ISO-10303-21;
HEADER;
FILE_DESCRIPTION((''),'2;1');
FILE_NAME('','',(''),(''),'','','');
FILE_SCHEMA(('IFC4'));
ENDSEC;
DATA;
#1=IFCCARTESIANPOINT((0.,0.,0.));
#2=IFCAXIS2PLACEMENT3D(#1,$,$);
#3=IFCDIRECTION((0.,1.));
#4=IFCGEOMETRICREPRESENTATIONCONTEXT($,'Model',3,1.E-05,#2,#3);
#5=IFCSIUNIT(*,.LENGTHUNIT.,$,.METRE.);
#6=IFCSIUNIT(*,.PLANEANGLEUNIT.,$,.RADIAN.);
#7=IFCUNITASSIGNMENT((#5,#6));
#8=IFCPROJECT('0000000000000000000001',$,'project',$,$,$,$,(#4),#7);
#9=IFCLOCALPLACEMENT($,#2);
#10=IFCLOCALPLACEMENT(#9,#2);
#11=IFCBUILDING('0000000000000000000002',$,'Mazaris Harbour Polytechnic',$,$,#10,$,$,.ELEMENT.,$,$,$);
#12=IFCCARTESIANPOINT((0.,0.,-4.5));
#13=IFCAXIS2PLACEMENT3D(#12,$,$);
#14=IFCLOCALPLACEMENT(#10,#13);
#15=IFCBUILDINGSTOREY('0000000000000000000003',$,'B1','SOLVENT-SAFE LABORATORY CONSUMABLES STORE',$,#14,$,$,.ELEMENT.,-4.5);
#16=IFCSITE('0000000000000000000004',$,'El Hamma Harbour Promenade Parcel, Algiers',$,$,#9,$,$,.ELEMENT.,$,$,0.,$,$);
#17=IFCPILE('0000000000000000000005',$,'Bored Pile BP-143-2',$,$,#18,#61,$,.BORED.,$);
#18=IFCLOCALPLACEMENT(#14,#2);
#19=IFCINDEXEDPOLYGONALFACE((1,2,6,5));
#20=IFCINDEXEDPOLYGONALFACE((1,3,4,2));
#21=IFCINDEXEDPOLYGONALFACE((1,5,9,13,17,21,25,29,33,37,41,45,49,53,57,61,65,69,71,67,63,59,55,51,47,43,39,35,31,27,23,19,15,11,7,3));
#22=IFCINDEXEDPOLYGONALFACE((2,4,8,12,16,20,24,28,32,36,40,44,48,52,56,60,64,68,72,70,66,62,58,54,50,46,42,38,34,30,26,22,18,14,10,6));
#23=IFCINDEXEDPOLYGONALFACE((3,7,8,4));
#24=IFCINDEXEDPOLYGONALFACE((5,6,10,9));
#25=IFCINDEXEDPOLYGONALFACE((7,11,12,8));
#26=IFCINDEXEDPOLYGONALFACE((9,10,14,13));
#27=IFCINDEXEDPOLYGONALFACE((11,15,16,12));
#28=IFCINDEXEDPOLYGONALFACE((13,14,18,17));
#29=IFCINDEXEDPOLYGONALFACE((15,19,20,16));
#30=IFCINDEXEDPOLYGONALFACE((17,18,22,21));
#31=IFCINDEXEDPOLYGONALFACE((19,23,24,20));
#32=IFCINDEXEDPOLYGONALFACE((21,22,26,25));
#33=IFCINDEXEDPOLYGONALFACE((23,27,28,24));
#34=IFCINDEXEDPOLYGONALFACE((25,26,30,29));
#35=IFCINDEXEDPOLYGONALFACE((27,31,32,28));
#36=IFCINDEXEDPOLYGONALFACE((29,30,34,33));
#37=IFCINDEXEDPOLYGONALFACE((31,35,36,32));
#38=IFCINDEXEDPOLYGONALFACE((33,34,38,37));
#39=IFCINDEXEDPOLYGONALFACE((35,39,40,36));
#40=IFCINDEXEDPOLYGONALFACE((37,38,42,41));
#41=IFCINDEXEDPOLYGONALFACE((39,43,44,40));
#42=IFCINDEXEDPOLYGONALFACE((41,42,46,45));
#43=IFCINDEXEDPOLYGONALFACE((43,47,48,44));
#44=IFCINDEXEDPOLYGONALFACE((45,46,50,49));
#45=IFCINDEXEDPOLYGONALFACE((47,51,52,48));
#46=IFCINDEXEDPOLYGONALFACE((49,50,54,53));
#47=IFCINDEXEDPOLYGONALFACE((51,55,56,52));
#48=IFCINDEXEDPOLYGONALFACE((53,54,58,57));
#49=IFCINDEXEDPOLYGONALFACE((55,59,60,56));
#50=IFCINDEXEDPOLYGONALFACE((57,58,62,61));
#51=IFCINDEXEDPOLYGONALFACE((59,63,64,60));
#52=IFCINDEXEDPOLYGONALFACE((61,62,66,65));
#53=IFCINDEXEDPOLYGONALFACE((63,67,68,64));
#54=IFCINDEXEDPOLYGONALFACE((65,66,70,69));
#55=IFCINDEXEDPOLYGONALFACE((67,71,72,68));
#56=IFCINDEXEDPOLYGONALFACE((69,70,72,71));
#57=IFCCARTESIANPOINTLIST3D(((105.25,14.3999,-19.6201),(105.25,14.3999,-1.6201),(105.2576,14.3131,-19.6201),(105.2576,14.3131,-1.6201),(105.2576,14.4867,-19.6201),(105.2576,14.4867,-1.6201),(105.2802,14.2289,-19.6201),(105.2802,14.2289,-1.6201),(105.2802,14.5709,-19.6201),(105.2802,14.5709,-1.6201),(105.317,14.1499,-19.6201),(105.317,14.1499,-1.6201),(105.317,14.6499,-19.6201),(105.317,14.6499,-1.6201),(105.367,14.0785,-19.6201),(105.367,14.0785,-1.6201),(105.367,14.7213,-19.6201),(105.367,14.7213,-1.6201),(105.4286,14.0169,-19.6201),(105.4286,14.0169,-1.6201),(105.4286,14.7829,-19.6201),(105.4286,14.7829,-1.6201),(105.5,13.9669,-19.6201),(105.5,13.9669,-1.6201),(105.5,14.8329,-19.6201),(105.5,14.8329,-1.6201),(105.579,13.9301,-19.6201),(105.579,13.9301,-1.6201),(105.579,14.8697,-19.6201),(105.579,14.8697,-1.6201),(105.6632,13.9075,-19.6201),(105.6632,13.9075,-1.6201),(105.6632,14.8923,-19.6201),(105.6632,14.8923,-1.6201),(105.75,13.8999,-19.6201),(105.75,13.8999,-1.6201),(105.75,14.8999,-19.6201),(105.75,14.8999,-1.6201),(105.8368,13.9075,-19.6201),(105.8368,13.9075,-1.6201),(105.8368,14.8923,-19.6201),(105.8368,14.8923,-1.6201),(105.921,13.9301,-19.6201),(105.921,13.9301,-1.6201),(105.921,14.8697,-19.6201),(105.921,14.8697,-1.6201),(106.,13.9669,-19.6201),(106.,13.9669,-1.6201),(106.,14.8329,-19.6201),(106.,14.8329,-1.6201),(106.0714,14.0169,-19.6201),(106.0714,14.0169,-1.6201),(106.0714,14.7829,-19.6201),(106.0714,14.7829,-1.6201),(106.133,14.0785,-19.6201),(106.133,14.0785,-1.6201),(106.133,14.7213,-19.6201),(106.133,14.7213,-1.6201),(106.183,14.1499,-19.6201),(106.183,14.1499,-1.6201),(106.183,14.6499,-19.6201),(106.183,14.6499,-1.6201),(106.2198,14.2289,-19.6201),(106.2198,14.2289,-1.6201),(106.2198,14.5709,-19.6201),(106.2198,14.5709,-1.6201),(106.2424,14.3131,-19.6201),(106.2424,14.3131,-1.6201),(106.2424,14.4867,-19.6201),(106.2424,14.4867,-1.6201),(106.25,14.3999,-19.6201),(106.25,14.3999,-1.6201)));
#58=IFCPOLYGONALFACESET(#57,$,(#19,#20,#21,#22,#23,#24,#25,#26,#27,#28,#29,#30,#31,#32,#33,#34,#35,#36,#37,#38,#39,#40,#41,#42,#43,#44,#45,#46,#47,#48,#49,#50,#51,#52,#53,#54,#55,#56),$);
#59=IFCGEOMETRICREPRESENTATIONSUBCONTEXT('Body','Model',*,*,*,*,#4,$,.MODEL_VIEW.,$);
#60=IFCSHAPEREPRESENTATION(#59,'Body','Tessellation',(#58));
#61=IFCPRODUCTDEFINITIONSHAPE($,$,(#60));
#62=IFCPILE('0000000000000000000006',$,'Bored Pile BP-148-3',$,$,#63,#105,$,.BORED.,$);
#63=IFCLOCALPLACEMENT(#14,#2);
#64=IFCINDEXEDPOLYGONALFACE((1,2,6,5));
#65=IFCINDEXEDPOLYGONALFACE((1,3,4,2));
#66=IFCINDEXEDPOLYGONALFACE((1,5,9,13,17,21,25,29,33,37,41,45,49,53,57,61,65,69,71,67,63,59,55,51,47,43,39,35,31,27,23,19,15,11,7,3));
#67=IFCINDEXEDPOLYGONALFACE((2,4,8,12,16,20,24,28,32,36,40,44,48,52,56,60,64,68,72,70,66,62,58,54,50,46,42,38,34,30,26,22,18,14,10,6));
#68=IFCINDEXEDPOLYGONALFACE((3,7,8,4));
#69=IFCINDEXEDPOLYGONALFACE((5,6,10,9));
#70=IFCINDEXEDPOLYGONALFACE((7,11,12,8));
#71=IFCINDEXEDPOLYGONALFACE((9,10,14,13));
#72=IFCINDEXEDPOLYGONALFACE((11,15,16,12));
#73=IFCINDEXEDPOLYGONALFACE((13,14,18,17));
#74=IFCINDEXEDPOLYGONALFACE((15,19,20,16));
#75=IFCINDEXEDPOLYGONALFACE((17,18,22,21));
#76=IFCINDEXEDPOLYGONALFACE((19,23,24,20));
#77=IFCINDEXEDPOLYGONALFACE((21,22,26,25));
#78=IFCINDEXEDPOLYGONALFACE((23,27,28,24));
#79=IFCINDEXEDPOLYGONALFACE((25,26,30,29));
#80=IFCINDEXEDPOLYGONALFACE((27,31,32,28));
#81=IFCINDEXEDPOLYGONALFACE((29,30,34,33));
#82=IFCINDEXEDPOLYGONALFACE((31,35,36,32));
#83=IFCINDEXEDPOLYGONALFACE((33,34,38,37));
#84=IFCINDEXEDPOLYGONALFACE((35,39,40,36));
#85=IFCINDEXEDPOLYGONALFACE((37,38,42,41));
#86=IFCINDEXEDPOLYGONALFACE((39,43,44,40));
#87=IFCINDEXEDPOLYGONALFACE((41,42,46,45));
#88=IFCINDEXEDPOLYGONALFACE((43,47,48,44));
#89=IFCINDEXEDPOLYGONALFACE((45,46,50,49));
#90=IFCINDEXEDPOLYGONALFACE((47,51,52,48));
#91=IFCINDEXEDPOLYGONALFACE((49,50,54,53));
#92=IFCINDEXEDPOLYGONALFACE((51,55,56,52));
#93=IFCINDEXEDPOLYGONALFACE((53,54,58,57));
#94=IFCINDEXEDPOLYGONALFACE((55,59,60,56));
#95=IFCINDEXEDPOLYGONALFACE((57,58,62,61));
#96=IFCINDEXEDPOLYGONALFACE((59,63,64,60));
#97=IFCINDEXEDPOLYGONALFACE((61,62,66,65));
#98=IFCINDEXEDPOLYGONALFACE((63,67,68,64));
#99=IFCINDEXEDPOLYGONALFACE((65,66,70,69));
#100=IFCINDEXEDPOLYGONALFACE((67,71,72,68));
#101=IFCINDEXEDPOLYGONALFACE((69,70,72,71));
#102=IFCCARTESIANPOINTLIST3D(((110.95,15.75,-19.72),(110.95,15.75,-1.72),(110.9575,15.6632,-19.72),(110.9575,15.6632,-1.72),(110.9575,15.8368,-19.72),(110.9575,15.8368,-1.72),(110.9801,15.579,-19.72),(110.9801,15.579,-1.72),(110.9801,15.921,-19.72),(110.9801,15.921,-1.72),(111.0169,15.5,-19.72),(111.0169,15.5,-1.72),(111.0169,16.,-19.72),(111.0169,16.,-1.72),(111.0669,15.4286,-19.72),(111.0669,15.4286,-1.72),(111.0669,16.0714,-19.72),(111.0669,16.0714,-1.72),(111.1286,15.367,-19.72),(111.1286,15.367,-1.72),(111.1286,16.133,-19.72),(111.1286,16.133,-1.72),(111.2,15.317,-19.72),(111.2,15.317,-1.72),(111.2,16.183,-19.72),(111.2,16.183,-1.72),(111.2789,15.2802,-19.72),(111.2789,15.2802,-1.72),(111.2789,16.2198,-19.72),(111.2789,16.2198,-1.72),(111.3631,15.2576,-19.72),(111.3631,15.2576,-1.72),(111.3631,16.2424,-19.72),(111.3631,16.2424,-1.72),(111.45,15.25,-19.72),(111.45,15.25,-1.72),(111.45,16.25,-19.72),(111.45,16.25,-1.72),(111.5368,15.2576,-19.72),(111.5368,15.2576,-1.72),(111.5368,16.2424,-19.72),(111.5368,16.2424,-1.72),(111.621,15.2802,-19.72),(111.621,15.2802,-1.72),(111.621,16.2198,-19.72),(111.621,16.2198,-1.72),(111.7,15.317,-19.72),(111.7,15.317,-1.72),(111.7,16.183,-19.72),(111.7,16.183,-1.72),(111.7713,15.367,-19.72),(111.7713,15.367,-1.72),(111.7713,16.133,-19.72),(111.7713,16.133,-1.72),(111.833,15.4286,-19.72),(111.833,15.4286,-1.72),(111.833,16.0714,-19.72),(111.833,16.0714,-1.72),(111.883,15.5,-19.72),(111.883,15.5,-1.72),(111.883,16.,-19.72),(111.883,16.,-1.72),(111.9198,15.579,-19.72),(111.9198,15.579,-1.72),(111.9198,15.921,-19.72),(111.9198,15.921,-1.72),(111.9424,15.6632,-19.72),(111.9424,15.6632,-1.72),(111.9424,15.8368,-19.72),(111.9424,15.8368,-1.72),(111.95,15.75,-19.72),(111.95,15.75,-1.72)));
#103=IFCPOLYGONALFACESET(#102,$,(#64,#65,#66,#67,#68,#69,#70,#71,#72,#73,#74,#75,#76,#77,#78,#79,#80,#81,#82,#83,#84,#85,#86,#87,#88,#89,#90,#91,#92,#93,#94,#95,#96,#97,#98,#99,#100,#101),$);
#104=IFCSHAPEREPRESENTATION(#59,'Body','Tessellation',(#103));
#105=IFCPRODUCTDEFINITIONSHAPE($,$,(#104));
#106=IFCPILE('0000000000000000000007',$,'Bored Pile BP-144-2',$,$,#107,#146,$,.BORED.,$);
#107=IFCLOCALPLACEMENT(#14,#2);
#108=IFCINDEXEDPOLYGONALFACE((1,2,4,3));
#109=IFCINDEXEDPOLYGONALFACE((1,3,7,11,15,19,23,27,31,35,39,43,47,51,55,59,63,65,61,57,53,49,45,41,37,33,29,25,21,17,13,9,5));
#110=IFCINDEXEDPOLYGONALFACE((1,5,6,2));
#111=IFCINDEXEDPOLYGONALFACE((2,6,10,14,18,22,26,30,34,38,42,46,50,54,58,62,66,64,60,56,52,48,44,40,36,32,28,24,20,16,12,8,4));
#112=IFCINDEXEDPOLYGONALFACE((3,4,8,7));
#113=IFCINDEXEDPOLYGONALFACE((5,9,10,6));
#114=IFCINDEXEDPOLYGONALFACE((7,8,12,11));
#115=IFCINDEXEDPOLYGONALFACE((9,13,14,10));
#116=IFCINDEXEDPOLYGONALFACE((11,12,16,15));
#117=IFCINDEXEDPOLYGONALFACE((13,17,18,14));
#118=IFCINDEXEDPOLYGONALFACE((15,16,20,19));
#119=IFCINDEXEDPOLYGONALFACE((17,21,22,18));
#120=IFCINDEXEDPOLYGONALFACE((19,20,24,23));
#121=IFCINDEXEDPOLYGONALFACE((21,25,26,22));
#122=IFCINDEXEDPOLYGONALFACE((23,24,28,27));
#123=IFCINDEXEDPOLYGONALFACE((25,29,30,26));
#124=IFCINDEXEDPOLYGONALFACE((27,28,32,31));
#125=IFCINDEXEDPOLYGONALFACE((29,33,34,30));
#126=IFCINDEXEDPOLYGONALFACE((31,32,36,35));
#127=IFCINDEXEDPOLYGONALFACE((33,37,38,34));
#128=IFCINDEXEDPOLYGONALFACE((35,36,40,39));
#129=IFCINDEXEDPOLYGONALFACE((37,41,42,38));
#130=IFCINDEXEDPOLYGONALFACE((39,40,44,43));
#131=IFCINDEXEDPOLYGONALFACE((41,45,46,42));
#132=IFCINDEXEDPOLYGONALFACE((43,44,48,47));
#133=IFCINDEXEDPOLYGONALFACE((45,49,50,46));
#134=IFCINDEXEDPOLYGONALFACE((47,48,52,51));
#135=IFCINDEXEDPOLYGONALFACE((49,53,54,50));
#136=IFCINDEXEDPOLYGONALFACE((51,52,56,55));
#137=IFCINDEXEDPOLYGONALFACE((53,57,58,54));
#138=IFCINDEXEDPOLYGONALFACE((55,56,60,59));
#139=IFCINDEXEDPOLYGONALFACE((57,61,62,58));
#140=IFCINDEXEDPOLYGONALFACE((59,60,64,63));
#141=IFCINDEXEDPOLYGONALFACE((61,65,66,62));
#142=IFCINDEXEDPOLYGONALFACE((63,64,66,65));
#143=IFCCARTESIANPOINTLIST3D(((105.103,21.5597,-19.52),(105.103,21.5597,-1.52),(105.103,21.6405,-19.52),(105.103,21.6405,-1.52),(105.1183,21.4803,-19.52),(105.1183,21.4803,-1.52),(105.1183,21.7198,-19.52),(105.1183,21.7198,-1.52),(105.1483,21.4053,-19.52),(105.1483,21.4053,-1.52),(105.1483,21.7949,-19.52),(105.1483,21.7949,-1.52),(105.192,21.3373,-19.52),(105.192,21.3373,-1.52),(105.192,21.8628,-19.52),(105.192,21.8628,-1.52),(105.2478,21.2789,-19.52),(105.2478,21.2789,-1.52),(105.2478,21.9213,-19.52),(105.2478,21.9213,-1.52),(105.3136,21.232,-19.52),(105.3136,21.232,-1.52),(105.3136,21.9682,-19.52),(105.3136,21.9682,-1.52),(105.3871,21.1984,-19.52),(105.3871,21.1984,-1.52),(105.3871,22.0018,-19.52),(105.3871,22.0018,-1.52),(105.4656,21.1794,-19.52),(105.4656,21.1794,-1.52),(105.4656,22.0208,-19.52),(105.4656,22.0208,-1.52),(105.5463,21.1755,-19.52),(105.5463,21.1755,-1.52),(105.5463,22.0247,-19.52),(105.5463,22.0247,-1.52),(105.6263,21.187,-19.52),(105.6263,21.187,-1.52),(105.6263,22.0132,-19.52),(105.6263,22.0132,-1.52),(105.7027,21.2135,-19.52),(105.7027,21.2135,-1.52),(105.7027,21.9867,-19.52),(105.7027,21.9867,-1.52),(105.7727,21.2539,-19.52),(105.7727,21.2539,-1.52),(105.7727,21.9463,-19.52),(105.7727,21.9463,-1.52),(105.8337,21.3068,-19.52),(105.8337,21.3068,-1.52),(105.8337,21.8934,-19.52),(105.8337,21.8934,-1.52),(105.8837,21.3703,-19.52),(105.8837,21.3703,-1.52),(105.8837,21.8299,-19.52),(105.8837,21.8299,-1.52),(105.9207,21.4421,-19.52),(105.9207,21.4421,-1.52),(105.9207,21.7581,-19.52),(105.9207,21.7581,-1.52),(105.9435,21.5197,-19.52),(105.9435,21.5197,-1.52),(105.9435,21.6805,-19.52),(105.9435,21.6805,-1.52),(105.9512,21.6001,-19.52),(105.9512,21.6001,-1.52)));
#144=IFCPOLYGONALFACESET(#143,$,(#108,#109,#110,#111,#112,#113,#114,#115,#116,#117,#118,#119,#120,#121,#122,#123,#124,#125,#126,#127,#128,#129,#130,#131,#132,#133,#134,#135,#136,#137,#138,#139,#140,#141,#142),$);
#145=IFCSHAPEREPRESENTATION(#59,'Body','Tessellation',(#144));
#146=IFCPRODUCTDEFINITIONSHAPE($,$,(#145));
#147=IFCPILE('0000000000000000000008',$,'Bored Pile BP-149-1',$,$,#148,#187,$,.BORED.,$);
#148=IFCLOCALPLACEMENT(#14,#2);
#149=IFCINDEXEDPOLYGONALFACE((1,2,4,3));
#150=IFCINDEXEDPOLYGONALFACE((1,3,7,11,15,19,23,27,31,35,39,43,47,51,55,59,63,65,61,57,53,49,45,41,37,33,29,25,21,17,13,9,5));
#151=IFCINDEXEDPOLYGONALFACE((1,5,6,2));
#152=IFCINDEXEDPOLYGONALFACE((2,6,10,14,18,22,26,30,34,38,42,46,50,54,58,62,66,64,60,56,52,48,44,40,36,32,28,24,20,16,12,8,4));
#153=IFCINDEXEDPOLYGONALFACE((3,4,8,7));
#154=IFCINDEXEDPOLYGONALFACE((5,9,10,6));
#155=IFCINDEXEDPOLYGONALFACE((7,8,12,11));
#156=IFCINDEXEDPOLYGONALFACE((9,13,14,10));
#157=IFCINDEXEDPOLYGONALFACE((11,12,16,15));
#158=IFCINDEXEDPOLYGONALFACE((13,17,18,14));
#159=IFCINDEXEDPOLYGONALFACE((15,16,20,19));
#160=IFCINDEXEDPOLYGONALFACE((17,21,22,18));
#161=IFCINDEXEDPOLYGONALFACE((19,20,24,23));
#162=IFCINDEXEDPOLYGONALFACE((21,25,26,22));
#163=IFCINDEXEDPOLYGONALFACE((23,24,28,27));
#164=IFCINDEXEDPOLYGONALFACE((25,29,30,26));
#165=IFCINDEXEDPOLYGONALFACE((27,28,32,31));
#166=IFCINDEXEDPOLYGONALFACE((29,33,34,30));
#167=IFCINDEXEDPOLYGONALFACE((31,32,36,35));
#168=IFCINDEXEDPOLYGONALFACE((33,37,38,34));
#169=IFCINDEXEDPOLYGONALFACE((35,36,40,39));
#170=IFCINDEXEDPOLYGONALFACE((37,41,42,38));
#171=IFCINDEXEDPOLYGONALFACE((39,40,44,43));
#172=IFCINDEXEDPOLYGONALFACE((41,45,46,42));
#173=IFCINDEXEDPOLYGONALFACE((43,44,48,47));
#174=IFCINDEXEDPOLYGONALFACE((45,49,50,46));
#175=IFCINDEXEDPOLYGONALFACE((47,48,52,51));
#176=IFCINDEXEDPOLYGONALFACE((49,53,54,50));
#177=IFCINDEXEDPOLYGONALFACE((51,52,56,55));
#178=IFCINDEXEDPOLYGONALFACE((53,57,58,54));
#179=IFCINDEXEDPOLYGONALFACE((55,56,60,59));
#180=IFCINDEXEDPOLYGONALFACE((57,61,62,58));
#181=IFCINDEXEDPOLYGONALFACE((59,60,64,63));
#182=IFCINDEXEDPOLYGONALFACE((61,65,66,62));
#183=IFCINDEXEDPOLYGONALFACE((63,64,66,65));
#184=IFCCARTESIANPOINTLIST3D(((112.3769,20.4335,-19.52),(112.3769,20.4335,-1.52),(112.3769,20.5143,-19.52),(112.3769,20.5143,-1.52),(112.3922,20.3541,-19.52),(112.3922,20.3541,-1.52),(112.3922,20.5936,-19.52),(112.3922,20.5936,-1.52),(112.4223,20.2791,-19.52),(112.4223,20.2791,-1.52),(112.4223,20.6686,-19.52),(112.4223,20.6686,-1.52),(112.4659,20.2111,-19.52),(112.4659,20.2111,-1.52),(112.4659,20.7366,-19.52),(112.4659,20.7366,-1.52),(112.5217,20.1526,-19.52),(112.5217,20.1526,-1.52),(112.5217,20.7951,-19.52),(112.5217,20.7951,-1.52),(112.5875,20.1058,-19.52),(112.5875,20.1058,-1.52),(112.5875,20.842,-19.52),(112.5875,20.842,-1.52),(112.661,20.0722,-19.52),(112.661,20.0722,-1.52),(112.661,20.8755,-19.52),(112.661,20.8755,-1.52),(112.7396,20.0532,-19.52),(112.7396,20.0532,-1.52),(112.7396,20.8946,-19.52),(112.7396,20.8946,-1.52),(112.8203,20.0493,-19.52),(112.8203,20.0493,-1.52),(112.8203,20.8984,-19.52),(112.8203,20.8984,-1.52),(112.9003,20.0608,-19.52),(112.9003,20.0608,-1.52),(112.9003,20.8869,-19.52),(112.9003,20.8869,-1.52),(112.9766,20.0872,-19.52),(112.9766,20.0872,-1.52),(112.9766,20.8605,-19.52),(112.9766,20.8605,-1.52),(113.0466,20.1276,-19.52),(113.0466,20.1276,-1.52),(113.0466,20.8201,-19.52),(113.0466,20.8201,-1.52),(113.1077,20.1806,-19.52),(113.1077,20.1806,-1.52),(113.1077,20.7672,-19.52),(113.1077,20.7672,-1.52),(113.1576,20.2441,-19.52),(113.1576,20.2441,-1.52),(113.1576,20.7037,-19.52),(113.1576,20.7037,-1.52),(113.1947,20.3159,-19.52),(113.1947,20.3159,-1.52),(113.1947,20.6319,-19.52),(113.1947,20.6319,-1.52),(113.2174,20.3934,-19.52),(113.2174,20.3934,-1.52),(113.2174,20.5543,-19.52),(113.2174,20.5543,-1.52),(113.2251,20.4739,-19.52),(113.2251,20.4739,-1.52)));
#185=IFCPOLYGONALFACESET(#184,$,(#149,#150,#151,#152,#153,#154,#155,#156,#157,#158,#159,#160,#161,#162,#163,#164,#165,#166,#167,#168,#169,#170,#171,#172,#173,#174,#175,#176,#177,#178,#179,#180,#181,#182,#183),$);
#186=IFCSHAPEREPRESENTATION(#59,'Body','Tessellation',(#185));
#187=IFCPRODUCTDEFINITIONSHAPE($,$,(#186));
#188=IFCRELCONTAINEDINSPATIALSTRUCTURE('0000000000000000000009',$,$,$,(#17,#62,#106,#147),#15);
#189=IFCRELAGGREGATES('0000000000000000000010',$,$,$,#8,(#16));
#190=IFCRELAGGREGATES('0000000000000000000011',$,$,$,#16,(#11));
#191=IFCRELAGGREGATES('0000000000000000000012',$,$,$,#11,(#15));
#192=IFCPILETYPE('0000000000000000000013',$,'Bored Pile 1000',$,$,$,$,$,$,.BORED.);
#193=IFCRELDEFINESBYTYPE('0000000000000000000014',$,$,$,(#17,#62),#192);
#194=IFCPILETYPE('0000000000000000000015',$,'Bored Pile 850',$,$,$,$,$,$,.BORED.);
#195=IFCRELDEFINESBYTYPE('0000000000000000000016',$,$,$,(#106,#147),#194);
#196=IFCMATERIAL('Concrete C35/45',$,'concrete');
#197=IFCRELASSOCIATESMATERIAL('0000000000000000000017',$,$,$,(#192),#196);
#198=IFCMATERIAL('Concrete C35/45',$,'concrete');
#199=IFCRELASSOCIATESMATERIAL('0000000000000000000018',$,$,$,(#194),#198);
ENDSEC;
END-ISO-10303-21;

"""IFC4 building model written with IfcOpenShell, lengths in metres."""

from ifc_helpers import new_model, si_unit, direction, frame, origin, origin_2d, place, context, subcontext, project, spatial, circle, extrude, material, material_profile, profile_set, type_object, element, save


model = new_model("IFC4")

# Units and contexts
model_context = context("Model", 3, precision=1e-05, world=origin(), true_north=direction((0.0, 1.0)))
body_context = subcontext(model_context, "Body", "Model", "MODEL_VIEW")
ifc_project = project(units=[si_unit("LENGTHUNIT", "METRE"), si_unit("PLANEANGLEUNIT", "RADIAN")], contexts=[model_context])

# Site, building, storey
site_placement = place(None, origin())
site = spatial("IfcSite", under=ifc_project, at=site_placement, Name="El Hamma Harbour Promenade Parcel, Algiers", CompositionType="ELEMENT", RefElevation=0.0)
building_placement = place(site_placement, origin())
building = spatial("IfcBuilding", under=site, at=building_placement, Name="Mazaris Harbour Polytechnic", CompositionType="ELEMENT")
storey_placement = place(building_placement, frame((0.0, 0.0, -4.5)))
storey = spatial("IfcBuildingStorey", under=building, at=storey_placement, Name="B1", Description="SOLVENT-SAFE LABORATORY CONSUMABLES STORE", CompositionType="ELEMENT", Elevation=-4.5)

# Piles
ifc_material_1 = material(Name="Concrete C35/45", Category="concrete")
ifc_material_profile_1 = material_profile(ifc_material_1, circle(Radius=0.5, at=origin_2d()), Name="DIA1000")
ifc_profile_set_1 = profile_set([ifc_material_profile_1], Name="Concrete C35/45")
pile_type_1 = type_object("IfcPileType", Name="Bored Pile 1000", PredefinedType="BORED", material=ifc_profile_set_1)
for number, where, z_axis, x_axis, name in (
    (1, (105.75, 14.3999, -1.6201), (0.0, 0.0, -1.0), (1.0, 0.0, 0.0), "Bored Pile BP-143-2"),
    (2, (111.45, 15.75, -1.72), (0.0, 0.0, -1.0), (1.0, 0.0, 0.0), "Bored Pile BP-148-3"),
):
    element("IfcPile", number, at=place(storey_placement, frame(where, z_axis=z_axis, x_axis=x_axis)), inside=storey, type_object=pile_type_1, Name=name, PredefinedType="BORED", context=body_context, shape_type="SweptSolid", body=[
        extrude(circle(Radius=0.5, at=origin_2d()), origin(), (0.0, 0.0, 1.0), 18.0),
    ])
ifc_material_2 = material(Name="Concrete C35/45", Category="concrete")
ifc_material_profile_2 = material_profile(ifc_material_2, circle(Radius=0.425, at=origin_2d()), Name="DIA850")
ifc_profile_set_2 = profile_set([ifc_material_profile_2], Name="Concrete C35/45")
pile_type_2 = type_object("IfcPileType", Name="Bored Pile 850", PredefinedType="BORED", material=ifc_profile_set_2)
for number, where, z_axis, x_axis, name in (
    (3, (105.5261, 21.6001, -1.52), (0.0, 0.0, -1.0), (1.0, 0.0, 0.0), "Bored Pile BP-144-2"),
    (4, (112.8, 20.4739, -1.52), (0.0, 0.0, -1.0), (1.0, 0.0, 0.0), "Bored Pile BP-149-1"),
):
    element("IfcPile", number, at=place(storey_placement, frame(where, z_axis=z_axis, x_axis=x_axis)), inside=storey, type_object=pile_type_2, Name=name, PredefinedType="BORED", context=body_context, shape_type="SweptSolid", body=[
        extrude(circle(Radius=0.425, at=origin_2d()), origin(), (0.0, 0.0, 1.0), 18.0),
    ])

save(model, "model.ifc")
